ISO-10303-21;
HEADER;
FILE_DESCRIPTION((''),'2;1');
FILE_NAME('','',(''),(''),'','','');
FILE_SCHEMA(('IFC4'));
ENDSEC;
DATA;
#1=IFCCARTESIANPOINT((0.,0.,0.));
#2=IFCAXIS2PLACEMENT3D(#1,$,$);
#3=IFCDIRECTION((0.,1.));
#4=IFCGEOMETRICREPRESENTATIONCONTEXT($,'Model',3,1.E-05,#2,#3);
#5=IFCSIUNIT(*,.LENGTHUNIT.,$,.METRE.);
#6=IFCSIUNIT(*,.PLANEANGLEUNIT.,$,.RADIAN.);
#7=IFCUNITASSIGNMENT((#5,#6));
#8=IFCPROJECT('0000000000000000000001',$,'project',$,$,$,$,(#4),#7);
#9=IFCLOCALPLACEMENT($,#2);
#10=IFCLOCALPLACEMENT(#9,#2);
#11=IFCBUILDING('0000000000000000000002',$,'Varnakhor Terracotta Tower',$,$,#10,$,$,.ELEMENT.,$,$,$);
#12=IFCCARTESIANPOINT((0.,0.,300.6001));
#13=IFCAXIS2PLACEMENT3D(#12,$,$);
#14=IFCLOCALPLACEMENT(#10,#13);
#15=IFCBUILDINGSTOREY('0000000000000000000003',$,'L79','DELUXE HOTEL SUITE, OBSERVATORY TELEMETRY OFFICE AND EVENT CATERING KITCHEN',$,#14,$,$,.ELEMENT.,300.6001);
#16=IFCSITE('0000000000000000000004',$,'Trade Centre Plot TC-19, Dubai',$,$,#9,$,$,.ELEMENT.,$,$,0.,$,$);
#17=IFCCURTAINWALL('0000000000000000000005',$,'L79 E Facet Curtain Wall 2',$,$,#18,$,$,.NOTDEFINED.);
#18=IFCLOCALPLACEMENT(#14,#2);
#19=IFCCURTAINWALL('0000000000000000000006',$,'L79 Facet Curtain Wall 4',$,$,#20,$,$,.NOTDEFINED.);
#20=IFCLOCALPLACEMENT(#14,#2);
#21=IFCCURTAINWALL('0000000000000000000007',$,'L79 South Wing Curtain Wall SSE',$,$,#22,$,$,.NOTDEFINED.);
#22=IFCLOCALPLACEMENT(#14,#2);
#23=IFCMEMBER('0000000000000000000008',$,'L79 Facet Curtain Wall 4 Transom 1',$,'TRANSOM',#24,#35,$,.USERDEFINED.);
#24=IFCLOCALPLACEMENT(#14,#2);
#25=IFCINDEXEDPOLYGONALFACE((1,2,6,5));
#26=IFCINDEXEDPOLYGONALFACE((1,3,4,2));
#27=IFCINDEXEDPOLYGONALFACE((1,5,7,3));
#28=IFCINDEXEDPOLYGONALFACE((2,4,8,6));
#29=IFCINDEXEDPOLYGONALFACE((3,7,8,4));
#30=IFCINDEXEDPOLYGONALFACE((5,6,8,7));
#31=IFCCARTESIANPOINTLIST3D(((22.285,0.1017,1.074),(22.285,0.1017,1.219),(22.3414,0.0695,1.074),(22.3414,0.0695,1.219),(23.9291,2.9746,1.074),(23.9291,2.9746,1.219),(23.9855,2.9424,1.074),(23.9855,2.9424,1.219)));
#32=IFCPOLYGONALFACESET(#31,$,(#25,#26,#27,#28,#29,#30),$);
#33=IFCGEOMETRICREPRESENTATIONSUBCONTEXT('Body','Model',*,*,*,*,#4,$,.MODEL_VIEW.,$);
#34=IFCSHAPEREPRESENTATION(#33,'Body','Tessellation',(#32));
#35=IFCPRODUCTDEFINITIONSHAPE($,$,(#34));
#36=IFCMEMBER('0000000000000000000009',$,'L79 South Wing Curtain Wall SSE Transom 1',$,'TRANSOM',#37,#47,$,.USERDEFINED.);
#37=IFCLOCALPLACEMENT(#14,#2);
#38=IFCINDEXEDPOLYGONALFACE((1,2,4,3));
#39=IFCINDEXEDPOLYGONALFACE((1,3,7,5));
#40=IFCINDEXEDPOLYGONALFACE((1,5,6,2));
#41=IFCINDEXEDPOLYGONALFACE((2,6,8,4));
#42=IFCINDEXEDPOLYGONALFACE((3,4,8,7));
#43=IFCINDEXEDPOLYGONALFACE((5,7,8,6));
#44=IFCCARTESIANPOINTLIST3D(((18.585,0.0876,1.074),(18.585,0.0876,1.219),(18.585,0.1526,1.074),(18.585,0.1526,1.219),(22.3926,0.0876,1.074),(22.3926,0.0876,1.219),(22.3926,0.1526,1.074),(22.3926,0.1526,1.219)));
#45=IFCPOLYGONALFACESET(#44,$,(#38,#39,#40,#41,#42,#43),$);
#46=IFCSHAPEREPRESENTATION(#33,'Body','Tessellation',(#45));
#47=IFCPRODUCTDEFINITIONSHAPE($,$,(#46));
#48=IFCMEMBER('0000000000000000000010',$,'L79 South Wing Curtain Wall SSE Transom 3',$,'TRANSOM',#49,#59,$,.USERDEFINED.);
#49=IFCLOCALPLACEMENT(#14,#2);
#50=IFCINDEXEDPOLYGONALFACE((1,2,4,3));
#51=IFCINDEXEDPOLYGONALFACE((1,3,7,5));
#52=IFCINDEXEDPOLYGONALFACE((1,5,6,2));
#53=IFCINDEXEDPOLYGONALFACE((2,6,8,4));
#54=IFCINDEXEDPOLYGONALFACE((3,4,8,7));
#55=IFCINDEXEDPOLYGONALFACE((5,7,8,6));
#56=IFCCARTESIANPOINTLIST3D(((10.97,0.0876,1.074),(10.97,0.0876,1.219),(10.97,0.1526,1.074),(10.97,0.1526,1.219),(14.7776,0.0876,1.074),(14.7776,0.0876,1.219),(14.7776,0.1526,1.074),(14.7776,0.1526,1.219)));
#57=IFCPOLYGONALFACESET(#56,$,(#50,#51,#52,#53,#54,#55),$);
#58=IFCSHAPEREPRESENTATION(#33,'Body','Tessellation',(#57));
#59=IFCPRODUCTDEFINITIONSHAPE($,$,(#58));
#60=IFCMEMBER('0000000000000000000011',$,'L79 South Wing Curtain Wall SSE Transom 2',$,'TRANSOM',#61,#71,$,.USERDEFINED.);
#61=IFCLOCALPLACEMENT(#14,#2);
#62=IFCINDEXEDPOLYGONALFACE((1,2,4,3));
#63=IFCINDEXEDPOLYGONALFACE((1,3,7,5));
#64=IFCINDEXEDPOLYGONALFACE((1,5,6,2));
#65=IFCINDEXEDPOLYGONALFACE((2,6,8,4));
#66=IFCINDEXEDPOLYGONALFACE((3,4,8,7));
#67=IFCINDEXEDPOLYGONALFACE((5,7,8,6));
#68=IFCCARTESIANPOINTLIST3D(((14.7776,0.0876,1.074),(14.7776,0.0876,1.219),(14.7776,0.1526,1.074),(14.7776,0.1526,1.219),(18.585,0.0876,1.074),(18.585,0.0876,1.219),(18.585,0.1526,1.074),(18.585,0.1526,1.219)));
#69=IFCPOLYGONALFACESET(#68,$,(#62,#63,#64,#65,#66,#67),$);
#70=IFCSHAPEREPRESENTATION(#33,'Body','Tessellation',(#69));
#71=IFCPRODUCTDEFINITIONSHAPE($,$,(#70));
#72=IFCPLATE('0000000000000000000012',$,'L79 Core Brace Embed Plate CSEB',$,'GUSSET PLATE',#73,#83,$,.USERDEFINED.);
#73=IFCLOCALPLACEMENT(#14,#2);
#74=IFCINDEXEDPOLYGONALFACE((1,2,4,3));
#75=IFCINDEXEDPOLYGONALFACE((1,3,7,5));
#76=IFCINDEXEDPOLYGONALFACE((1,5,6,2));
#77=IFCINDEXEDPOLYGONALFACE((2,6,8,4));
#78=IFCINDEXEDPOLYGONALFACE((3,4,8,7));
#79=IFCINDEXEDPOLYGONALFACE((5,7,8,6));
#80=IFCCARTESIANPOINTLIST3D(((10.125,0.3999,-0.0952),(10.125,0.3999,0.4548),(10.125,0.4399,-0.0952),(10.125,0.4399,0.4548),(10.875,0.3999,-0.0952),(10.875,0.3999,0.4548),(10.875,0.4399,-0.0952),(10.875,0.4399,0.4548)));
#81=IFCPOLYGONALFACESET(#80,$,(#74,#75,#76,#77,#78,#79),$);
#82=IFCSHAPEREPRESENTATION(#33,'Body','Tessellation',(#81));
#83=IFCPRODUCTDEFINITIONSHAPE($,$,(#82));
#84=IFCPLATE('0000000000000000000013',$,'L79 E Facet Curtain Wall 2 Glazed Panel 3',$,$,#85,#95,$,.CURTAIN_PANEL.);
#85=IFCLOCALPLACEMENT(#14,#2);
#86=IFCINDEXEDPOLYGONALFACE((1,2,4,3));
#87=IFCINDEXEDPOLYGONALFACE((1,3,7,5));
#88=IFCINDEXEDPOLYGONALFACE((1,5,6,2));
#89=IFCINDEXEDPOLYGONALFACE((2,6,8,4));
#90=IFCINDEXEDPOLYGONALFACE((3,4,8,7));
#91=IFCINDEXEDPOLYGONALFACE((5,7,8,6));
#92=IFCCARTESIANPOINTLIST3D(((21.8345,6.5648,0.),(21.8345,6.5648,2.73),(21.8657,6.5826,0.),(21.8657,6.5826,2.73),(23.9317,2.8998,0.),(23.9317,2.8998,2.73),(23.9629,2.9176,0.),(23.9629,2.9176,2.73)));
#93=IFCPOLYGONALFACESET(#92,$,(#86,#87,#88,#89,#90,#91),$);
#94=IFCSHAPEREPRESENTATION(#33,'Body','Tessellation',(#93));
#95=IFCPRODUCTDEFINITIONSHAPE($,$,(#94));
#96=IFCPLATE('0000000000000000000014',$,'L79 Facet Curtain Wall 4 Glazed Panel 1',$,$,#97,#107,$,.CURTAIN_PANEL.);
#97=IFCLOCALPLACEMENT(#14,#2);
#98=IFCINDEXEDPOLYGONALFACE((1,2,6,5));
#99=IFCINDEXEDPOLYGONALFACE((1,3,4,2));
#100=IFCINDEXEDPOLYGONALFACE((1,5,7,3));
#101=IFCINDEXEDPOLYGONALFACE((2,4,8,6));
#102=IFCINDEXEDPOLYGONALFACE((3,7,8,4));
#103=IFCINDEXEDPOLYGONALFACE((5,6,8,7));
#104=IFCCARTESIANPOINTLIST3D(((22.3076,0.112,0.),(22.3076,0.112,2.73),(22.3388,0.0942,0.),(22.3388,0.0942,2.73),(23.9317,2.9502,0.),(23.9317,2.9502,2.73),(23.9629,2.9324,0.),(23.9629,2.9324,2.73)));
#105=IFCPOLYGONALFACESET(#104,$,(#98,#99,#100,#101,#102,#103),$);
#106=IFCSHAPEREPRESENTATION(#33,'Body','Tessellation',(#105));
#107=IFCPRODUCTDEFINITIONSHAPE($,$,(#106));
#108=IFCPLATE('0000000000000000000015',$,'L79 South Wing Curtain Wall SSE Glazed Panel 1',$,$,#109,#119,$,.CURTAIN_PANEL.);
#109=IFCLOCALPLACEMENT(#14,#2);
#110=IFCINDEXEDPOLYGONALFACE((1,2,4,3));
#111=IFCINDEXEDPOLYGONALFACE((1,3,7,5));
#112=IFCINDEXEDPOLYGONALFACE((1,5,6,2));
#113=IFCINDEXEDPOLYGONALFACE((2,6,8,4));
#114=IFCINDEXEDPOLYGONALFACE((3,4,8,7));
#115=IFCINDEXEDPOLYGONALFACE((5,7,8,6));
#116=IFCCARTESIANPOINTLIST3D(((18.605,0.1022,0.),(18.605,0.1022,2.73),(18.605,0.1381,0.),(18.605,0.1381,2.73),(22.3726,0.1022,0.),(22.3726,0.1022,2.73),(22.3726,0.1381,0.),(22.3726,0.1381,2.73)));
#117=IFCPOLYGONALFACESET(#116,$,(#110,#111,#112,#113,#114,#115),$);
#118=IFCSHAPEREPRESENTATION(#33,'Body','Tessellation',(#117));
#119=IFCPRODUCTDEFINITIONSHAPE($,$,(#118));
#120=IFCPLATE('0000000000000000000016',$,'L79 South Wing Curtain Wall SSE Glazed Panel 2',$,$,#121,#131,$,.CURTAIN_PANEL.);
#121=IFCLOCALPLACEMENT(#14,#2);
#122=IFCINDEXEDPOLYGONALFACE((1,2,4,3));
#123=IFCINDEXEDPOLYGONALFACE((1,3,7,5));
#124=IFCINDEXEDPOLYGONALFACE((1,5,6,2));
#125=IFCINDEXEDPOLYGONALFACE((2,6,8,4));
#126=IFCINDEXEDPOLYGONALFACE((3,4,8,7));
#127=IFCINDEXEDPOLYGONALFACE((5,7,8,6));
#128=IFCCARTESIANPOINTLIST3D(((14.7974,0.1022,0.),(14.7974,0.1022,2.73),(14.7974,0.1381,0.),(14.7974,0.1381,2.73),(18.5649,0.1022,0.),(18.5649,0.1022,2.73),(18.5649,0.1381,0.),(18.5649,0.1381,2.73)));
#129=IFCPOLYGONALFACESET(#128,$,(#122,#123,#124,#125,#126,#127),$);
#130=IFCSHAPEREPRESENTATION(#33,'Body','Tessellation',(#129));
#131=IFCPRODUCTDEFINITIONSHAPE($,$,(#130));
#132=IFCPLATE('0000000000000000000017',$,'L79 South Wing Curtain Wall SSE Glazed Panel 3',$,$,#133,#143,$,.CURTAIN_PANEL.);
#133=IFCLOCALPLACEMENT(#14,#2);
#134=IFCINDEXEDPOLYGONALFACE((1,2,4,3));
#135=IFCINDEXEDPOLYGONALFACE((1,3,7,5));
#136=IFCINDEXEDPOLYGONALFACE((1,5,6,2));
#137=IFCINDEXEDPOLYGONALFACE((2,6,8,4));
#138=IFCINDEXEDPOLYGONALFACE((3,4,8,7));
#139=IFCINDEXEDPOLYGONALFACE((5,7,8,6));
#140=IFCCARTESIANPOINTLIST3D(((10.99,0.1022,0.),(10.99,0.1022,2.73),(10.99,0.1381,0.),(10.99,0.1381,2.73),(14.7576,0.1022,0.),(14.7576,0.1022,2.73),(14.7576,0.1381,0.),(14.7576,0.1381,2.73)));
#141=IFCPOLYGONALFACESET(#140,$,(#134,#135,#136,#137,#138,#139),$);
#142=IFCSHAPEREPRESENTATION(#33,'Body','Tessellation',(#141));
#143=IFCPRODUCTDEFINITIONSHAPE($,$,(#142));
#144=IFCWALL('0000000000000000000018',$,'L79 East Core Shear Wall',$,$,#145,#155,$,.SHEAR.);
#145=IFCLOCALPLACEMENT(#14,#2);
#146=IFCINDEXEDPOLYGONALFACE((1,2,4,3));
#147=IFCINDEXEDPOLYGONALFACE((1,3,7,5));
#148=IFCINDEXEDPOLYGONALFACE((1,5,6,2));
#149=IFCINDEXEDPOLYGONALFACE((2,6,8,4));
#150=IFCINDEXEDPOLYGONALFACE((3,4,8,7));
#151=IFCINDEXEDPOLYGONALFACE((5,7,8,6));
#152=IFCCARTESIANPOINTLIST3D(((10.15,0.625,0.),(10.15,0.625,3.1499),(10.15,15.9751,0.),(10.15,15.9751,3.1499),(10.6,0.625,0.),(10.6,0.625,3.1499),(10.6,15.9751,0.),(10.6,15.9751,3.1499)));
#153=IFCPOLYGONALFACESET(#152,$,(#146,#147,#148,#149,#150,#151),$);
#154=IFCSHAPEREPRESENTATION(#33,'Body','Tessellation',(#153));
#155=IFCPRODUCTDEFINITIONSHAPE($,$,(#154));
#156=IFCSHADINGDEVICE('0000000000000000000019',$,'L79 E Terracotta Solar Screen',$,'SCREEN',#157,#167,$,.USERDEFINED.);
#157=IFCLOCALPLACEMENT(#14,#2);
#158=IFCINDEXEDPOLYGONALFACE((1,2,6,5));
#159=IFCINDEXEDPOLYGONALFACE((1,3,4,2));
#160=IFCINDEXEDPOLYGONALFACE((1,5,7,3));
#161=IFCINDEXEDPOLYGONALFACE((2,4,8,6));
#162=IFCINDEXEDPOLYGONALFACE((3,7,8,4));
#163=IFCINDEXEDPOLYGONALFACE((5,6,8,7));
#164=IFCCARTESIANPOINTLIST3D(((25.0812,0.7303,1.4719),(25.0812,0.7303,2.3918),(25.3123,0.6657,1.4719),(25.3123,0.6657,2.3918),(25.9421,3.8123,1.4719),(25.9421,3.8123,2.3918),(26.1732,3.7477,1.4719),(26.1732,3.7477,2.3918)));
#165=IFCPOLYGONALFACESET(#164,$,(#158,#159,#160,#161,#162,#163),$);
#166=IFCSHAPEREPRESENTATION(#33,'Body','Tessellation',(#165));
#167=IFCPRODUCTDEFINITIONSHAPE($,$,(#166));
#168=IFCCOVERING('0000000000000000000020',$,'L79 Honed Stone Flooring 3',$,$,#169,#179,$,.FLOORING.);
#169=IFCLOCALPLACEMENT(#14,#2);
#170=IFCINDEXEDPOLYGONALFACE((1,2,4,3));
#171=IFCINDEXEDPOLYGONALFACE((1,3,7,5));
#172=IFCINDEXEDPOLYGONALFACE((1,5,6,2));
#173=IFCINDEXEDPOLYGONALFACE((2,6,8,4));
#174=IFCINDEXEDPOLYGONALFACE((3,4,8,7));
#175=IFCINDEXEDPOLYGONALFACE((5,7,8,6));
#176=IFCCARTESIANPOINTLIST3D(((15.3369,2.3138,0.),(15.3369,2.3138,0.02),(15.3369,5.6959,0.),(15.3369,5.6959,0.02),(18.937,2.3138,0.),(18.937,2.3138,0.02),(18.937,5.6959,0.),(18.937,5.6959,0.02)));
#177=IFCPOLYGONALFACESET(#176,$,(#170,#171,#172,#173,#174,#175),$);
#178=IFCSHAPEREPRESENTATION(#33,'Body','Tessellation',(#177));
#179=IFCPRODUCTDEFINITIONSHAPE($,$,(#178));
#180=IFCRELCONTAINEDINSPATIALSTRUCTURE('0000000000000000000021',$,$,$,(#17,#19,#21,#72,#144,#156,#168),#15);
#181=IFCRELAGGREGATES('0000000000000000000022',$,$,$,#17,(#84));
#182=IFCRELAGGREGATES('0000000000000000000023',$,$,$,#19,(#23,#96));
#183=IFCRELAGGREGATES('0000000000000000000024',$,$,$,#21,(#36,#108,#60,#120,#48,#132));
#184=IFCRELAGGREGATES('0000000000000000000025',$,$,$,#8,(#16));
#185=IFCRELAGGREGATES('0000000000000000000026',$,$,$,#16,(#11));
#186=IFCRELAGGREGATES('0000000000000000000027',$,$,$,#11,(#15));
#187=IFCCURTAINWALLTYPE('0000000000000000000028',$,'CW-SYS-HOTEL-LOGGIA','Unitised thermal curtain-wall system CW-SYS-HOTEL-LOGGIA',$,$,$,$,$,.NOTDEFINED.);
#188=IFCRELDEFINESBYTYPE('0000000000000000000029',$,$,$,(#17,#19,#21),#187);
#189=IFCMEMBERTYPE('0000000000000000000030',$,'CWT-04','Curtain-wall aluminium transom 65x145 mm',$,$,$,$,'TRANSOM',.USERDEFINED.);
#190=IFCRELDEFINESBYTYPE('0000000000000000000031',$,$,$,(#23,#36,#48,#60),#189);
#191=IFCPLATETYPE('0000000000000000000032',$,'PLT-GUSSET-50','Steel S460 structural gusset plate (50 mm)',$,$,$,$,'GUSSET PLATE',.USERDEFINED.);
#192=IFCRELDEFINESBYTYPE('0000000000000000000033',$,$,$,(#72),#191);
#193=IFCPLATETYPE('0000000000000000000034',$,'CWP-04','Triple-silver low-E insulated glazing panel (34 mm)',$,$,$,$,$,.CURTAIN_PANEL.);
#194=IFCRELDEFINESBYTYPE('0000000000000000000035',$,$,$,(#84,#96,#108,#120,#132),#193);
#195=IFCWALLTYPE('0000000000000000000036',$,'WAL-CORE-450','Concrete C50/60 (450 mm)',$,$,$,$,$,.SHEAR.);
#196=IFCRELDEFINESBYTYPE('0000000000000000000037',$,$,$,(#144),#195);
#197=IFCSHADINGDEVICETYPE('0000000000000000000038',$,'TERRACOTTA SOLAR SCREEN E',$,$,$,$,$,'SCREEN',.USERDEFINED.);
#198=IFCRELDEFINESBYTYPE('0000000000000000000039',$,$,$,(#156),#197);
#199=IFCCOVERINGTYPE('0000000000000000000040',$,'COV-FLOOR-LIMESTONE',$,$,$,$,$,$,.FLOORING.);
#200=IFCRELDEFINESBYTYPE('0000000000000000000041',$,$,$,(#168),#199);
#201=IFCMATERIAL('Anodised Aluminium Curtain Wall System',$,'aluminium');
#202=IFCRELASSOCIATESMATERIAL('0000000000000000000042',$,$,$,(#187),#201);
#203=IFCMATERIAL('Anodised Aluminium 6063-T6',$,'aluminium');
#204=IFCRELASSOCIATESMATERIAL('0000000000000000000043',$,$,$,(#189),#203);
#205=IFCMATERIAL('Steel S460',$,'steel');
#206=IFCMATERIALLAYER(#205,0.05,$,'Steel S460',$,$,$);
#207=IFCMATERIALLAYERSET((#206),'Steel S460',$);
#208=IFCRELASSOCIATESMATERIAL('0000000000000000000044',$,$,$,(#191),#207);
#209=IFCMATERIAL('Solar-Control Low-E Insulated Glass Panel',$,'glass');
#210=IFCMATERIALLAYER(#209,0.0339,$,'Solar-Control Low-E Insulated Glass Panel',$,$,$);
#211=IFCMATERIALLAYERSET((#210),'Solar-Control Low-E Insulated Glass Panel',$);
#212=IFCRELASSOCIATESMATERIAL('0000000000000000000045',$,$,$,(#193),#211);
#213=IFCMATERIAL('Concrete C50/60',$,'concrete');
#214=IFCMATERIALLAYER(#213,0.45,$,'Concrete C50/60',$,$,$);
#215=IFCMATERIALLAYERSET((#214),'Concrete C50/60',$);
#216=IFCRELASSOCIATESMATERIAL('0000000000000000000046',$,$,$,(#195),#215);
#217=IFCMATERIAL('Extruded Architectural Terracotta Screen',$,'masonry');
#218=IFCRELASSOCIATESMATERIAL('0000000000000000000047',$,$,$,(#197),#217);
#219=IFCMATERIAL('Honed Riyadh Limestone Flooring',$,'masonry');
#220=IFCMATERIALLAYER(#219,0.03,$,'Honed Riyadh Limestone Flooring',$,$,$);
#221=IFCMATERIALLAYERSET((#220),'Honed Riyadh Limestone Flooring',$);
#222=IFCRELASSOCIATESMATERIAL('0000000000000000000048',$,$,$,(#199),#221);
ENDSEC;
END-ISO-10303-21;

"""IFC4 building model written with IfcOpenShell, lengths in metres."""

from ifc_helpers import new_model, si_unit, direction, frame, frame_2d, origin, origin_2d, place, context, subcontext, project, spatial, rectangle, extrude, source, transform, mapped, material, layer, layer_set, material_profile, profile_set, type_object, type_shapes, element, aggregate, save


model = new_model("IFC4")

# Units and contexts
model_context = context("Model", 3, precision=1e-05, world=origin(), true_north=direction((0.0, 1.0)))
body_context = subcontext(model_context, "Body", "Model", "MODEL_VIEW")
ifc_project = project(units=[si_unit("LENGTHUNIT", "METRE"), si_unit("PLANEANGLEUNIT", "RADIAN")], contexts=[model_context])

# Site, building, storey
site_placement = place(None, origin())
site = spatial("IfcSite", under=ifc_project, at=site_placement, Name="Trade Centre Plot TC-19, Dubai", CompositionType="ELEMENT", RefElevation=0.0)
building_placement = place(site_placement, origin())
building = spatial("IfcBuilding", under=site, at=building_placement, Name="Varnakhor Terracotta Tower", CompositionType="ELEMENT")
storey_placement = place(building_placement, frame((0.0, 0.0, 300.6001)))
storey = spatial("IfcBuildingStorey", under=building, at=storey_placement, Name="L79", Description="DELUXE HOTEL SUITE, OBSERVATORY TELEMETRY OFFICE AND EVENT CATERING KITCHEN", CompositionType="ELEMENT", Elevation=300.6001)

# Shared definitions
ifc_material_1 = material(Name="Concrete C50/60", Category="concrete")

# Curtain walls
ifc_material_2 = material(Name="Anodised Aluminium Curtain Wall System", Category="aluminium")
curtain_wall_type = type_object("IfcCurtainWallType", Name="CW-SYS-HOTEL-LOGGIA", Description="Unitised thermal curtain-wall system CW-SYS-HOTEL-LOGGIA", PredefinedType="NOTDEFINED", material=ifc_material_2)
curtain_wall_1_placement = place(storey_placement, origin())
curtain_wall_1 = element("IfcCurtainWall", 1, at=curtain_wall_1_placement, inside=storey, type_object=curtain_wall_type, Name="L79 E Facet Curtain Wall 2", PredefinedType="NOTDEFINED")
ifc_material_3 = material(Name="Anodised Aluminium 6063-T6", Category="aluminium")
curtain_wall_2_placement = place(storey_placement, origin())
curtain_wall_2 = element("IfcCurtainWall", 2, at=curtain_wall_2_placement, inside=storey, type_object=curtain_wall_type, Name="L79 Facet Curtain Wall 4", PredefinedType="NOTDEFINED")

# Curtain wall
curtain_wall_3_placement = place(storey_placement, origin())
curtain_wall_3 = element("IfcCurtainWall", 3, at=curtain_wall_3_placement, inside=storey, type_object=curtain_wall_type, Name="L79 South Wing Curtain Wall SSE", PredefinedType="NOTDEFINED")

# Members
ifc_material_profile_1 = material_profile(ifc_material_3, rectangle(XDim=0.0649, YDim=0.145, at=origin_2d()), Name="ALU TRANSOM 65x145")
ifc_profile_set_1 = profile_set([ifc_material_profile_1], Name="Anodised Aluminium 6063-T6")
member_type_1 = type_object("IfcMemberType", Name="CWT-04", Description="Curtain-wall aluminium transom 65x145 mm", ElementType="TRANSOM", PredefinedType="USERDEFINED", material=ifc_profile_set_1)
shared_shape_1 = source(origin(), body_context, "Body", "SweptSolid", [
    extrude(rectangle(XDim=0.0649, YDim=0.145, at=origin_2d()), origin(), (0.0, 0.0, 1.0), 3.3101),
])
member_1_placement = place(storey_placement, frame((23.9573, 2.9585, 1.1465), z_axis=(-0.496695, -0.867925, 0.0), x_axis=(0.867925, -0.496695, 0.0)))
member_1 = element("IfcMember", 4, at=member_1_placement, type_object=member_type_1, Name="L79 Facet Curtain Wall 4 Transom 1", ObjectType="TRANSOM", PredefinedType="USERDEFINED", context=body_context, shape_type="MappedRepresentation", body=[
    mapped(shared_shape_1, transform((0.0, 0.0, 0.0), scale=1.0)),
])
shared_shape_2 = source(origin(), body_context, "Body", "SweptSolid", [
    extrude(rectangle(XDim=0.0649, YDim=0.145, at=origin_2d()), origin(), (0.0, 0.0, 1.0), 3.8076),
])
member_2_placement = place(storey_placement, frame((22.3926, 0.1201, 1.1465), z_axis=(-1.0, 0.0, 0.0), x_axis=(0.0, -1.0, 0.0)))
member_2 = element("IfcMember", 5, at=member_2_placement, type_object=member_type_1, Name="L79 South Wing Curtain Wall SSE Transom 1", ObjectType="TRANSOM", PredefinedType="USERDEFINED", context=body_context, shape_type="MappedRepresentation", body=[
    mapped(shared_shape_2, transform((0.0, 0.0, 0.0), scale=1.0)),
])
member_3_placement = place(storey_placement, frame((14.7776, 0.1201, 1.1465), z_axis=(-1.0, 0.0, 0.0), x_axis=(0.0, -1.0, 0.0)))
member_3 = element("IfcMember", 6, at=member_3_placement, type_object=member_type_1, Name="L79 South Wing Curtain Wall SSE Transom 3", ObjectType="TRANSOM", PredefinedType="USERDEFINED", context=body_context, shape_type="MappedRepresentation", body=[
    mapped(shared_shape_2, transform((0.0, 0.0, 0.0), scale=1.0)),
])
shared_shape_3 = source(origin(), body_context, "Body", "SweptSolid", [
    extrude(rectangle(XDim=0.0649, YDim=0.145, at=origin_2d()), origin(), (0.0, 0.0, 1.0), 3.8074),
])
member_4_placement = place(storey_placement, frame((18.585, 0.1201, 1.1465), z_axis=(-1.0, 0.0, 0.0), x_axis=(0.0, -1.0, 0.0)))
member_4 = element("IfcMember", 7, at=member_4_placement, type_object=member_type_1, Name="L79 South Wing Curtain Wall SSE Transom 2", ObjectType="TRANSOM", PredefinedType="USERDEFINED", context=body_context, shape_type="MappedRepresentation", body=[
    mapped(shared_shape_3, transform((0.0, 0.0, 0.0), scale=1.0)),
])

# Plates
ifc_material_4 = material(Name="Steel S460", Category="steel")
ifc_layer_1 = layer(ifc_material_4, 0.05, Name="Steel S460")
ifc_layer_set_1 = layer_set([ifc_layer_1], Name="Steel S460")
plate_type_1 = type_object("IfcPlateType", Name="PLT-GUSSET-50", Description="Steel S460 structural gusset plate (50 mm)", ElementType="GUSSET PLATE", PredefinedType="USERDEFINED", material=ifc_layer_set_1)
shared_shape_4 = source(origin(), body_context, "Body", "SweptSolid", [
    extrude(rectangle(XDim=0.75, YDim=0.04, at=origin_2d()), origin(), (0.0, 0.0, 1.0), 0.55),
])
type_shapes(plate_type_1, [shared_shape_4])
plate_1_placement = place(storey_placement, frame((10.5, 0.4199, -0.0952), z_axis=(0.0, 0.0, 1.0), x_axis=(1.0, 0.0, 0.0)))
element("IfcPlate", 8, at=plate_1_placement, inside=storey, type_object=plate_type_1, Name="L79 Core Brace Embed Plate CSEB", ObjectType="GUSSET PLATE", PredefinedType="USERDEFINED", context=body_context, shape_type="MappedRepresentation", body=[
    mapped(shared_shape_4, transform((0.0, 0.0, 0.0), scale=1.0)),
])
ifc_material_5 = material(Name="Solar-Control Low-E Insulated Glass Panel", Category="glass")
ifc_layer_2 = layer(ifc_material_5, 0.0339, Name="Solar-Control Low-E Insulated Glass Panel")
ifc_layer_set_2 = layer_set([ifc_layer_2], Name="Solar-Control Low-E Insulated Glass Panel")
plate_type_2 = type_object("IfcPlateType", Name="CWP-04", Description="Triple-silver low-E insulated glazing panel (34 mm)", PredefinedType="CURTAIN_PANEL", material=ifc_layer_set_2)
shared_shape_5 = source(origin(), body_context, "Body", "SweptSolid", [
    extrude(rectangle(XDim=4.2227, YDim=0.0359, at=origin_2d()), origin(), (0.0, 0.0, 1.0), 2.73),
])
plate_2_placement = place(storey_placement, frame((22.8987, 4.7412, 0.0), z_axis=(0.0, 0.0, 1.0), x_axis=(0.496656, -0.867948, 0.0)))
plate_2 = element("IfcPlate", 9, at=plate_2_placement, type_object=plate_type_2, Name="L79 E Facet Curtain Wall 2 Glazed Panel 3", PredefinedType="CURTAIN_PANEL", context=body_context, shape_type="MappedRepresentation", body=[
    mapped(shared_shape_5, transform((0.0, 0.0, 0.0), scale=1.0)),
])
aggregate(curtain_wall_1, [plate_2])
shared_shape_6 = source(origin(), body_context, "Body", "SweptSolid", [
    extrude(rectangle(XDim=3.27, YDim=0.0359, at=origin_2d()), origin(), (0.0, 0.0, 1.0), 2.73),
])
plate_3_placement = place(storey_placement, frame((23.1353, 1.5222, 0.0), z_axis=(0.0, 0.0, 1.0), x_axis=(-0.496671, -0.867939, 0.0)))
plate_3 = element("IfcPlate", 10, at=plate_3_placement, type_object=plate_type_2, Name="L79 Facet Curtain Wall 4 Glazed Panel 1", PredefinedType="CURTAIN_PANEL", context=body_context, shape_type="MappedRepresentation", body=[
    mapped(shared_shape_6, transform((0.0, 0.0, 0.0), scale=1.0)),
])
aggregate(curtain_wall_2, [member_1, plate_3])
shared_shape_7 = source(origin(), body_context, "Body", "SweptSolid", [
    extrude(rectangle(XDim=3.7676, YDim=0.0359, at=origin_2d()), origin(), (0.0, 0.0, 1.0), 2.73),
])
plate_4_placement = place(storey_placement, frame((20.4888, 0.1201, 0.0), z_axis=(0.0, 0.0, 1.0), x_axis=(-1.0, 0.0, 0.0)))
plate_4 = element("IfcPlate", 11, at=plate_4_placement, type_object=plate_type_2, Name="L79 South Wing Curtain Wall SSE Glazed Panel 1", PredefinedType="CURTAIN_PANEL", context=body_context, shape_type="MappedRepresentation", body=[
    mapped(shared_shape_7, transform((0.0, 0.0, 0.0), scale=1.0)),
])
plate_5_placement = place(storey_placement, frame((16.6812, 0.1201, 0.0), z_axis=(0.0, 0.0, 1.0), x_axis=(-1.0, 0.0, 0.0)))
plate_5 = element("IfcPlate", 12, at=plate_5_placement, type_object=plate_type_2, Name="L79 South Wing Curtain Wall SSE Glazed Panel 2", PredefinedType="CURTAIN_PANEL", context=body_context, shape_type="MappedRepresentation", body=[
    mapped(shared_shape_7, transform((0.0, 0.0, 0.0), scale=1.0)),
])
plate_6_placement = place(storey_placement, frame((12.8738, 0.1201, 0.0), z_axis=(0.0, 0.0, 1.0), x_axis=(-1.0, 0.0, 0.0)))
plate_6 = element("IfcPlate", 13, at=plate_6_placement, type_object=plate_type_2, Name="L79 South Wing Curtain Wall SSE Glazed Panel 3", PredefinedType="CURTAIN_PANEL", context=body_context, shape_type="MappedRepresentation", body=[
    mapped(shared_shape_7, transform((0.0, 0.0, 0.0), scale=1.0)),
])
aggregate(curtain_wall_3, [member_2, plate_4, member_4, plate_5, member_3, plate_6])

# Wall
ifc_layer_3 = layer(ifc_material_1, 0.45, Name="Concrete C50/60")
ifc_layer_set_3 = layer_set([ifc_layer_3], Name="Concrete C50/60")
wall_type = type_object("IfcWallType", Name="WAL-CORE-450", Description="Concrete C50/60 (450 mm)", PredefinedType="SHEAR", material=ifc_layer_set_3)
wall_placement = place(storey_placement, frame((10.375, 0.625, 0.0), z_axis=(0.0, 0.0, 1.0), x_axis=(0.0, 1.0, 0.0)))
element("IfcWall", 14, at=wall_placement, inside=storey, type_object=wall_type, Name="L79 East Core Shear Wall", PredefinedType="SHEAR", context=body_context, shape_type="SweptSolid", body=[
    extrude(rectangle(XDim=15.3501, YDim=0.45, at=frame_2d((7.675, 0.0))), origin(), (0.0, 0.0, 1.0), 3.1499),
])

# Shading device
ifc_material_6 = material(Name="Extruded Architectural Terracotta Screen", Category="masonry")
shading_device_type = type_object("IfcShadingDeviceType", Name="TERRACOTTA SOLAR SCREEN E", ElementType="SCREEN", PredefinedType="USERDEFINED", material=ifc_material_6)
shared_shape_8 = source(origin(), body_context, "Body", "SweptSolid", [
    extrude(rectangle(XDim=3.2, YDim=0.24, at=origin_2d()), origin(), (0.0, 0.0, 1.0), 0.9199),
])
type_shapes(shading_device_type, [shared_shape_8])
shading_device_placement = place(storey_placement, frame((25.6272, 2.239, 1.4719), z_axis=(0.0, 0.0, 1.0), x_axis=(0.269021, 0.963134, 0.0)))
element("IfcShadingDevice", 15, at=shading_device_placement, inside=storey, type_object=shading_device_type, Name="L79 E Terracotta Solar Screen", ObjectType="SCREEN", PredefinedType="USERDEFINED", context=body_context, shape_type="MappedRepresentation", body=[
    mapped(shared_shape_8, transform((0.0, 0.0, 0.0), scale=1.0)),
])

# Covering
ifc_material_7 = material(Name="Honed Riyadh Limestone Flooring", Category="masonry")
ifc_layer_4 = layer(ifc_material_7, 0.03, Name="Honed Riyadh Limestone Flooring")
ifc_layer_set_4 = layer_set([ifc_layer_4], Name="Honed Riyadh Limestone Flooring")
covering_type = type_object("IfcCoveringType", Name="COV-FLOOR-LIMESTONE", PredefinedType="FLOORING", material=ifc_layer_set_4)
shared_shape_9 = source(origin(), body_context, "Body", "SweptSolid", [
    extrude(rectangle(XDim=3.6001, YDim=3.3821, at=origin_2d()), origin(), (0.0, 0.0, 1.0), 0.02),
])
covering_placement = place(storey_placement, frame((17.137, 4.0049, 0.0), z_axis=(0.0, 0.0, 1.0), x_axis=(1.0, 0.0, 0.0)))
element("IfcCovering", 16, at=covering_placement, inside=storey, type_object=covering_type, Name="L79 Honed Stone Flooring 3", PredefinedType="FLOORING", context=body_context, shape_type="MappedRepresentation", body=[
    mapped(shared_shape_9, transform((0.0, 0.0, 0.0), scale=1.0)),
])

save(model, "model.ifc")
